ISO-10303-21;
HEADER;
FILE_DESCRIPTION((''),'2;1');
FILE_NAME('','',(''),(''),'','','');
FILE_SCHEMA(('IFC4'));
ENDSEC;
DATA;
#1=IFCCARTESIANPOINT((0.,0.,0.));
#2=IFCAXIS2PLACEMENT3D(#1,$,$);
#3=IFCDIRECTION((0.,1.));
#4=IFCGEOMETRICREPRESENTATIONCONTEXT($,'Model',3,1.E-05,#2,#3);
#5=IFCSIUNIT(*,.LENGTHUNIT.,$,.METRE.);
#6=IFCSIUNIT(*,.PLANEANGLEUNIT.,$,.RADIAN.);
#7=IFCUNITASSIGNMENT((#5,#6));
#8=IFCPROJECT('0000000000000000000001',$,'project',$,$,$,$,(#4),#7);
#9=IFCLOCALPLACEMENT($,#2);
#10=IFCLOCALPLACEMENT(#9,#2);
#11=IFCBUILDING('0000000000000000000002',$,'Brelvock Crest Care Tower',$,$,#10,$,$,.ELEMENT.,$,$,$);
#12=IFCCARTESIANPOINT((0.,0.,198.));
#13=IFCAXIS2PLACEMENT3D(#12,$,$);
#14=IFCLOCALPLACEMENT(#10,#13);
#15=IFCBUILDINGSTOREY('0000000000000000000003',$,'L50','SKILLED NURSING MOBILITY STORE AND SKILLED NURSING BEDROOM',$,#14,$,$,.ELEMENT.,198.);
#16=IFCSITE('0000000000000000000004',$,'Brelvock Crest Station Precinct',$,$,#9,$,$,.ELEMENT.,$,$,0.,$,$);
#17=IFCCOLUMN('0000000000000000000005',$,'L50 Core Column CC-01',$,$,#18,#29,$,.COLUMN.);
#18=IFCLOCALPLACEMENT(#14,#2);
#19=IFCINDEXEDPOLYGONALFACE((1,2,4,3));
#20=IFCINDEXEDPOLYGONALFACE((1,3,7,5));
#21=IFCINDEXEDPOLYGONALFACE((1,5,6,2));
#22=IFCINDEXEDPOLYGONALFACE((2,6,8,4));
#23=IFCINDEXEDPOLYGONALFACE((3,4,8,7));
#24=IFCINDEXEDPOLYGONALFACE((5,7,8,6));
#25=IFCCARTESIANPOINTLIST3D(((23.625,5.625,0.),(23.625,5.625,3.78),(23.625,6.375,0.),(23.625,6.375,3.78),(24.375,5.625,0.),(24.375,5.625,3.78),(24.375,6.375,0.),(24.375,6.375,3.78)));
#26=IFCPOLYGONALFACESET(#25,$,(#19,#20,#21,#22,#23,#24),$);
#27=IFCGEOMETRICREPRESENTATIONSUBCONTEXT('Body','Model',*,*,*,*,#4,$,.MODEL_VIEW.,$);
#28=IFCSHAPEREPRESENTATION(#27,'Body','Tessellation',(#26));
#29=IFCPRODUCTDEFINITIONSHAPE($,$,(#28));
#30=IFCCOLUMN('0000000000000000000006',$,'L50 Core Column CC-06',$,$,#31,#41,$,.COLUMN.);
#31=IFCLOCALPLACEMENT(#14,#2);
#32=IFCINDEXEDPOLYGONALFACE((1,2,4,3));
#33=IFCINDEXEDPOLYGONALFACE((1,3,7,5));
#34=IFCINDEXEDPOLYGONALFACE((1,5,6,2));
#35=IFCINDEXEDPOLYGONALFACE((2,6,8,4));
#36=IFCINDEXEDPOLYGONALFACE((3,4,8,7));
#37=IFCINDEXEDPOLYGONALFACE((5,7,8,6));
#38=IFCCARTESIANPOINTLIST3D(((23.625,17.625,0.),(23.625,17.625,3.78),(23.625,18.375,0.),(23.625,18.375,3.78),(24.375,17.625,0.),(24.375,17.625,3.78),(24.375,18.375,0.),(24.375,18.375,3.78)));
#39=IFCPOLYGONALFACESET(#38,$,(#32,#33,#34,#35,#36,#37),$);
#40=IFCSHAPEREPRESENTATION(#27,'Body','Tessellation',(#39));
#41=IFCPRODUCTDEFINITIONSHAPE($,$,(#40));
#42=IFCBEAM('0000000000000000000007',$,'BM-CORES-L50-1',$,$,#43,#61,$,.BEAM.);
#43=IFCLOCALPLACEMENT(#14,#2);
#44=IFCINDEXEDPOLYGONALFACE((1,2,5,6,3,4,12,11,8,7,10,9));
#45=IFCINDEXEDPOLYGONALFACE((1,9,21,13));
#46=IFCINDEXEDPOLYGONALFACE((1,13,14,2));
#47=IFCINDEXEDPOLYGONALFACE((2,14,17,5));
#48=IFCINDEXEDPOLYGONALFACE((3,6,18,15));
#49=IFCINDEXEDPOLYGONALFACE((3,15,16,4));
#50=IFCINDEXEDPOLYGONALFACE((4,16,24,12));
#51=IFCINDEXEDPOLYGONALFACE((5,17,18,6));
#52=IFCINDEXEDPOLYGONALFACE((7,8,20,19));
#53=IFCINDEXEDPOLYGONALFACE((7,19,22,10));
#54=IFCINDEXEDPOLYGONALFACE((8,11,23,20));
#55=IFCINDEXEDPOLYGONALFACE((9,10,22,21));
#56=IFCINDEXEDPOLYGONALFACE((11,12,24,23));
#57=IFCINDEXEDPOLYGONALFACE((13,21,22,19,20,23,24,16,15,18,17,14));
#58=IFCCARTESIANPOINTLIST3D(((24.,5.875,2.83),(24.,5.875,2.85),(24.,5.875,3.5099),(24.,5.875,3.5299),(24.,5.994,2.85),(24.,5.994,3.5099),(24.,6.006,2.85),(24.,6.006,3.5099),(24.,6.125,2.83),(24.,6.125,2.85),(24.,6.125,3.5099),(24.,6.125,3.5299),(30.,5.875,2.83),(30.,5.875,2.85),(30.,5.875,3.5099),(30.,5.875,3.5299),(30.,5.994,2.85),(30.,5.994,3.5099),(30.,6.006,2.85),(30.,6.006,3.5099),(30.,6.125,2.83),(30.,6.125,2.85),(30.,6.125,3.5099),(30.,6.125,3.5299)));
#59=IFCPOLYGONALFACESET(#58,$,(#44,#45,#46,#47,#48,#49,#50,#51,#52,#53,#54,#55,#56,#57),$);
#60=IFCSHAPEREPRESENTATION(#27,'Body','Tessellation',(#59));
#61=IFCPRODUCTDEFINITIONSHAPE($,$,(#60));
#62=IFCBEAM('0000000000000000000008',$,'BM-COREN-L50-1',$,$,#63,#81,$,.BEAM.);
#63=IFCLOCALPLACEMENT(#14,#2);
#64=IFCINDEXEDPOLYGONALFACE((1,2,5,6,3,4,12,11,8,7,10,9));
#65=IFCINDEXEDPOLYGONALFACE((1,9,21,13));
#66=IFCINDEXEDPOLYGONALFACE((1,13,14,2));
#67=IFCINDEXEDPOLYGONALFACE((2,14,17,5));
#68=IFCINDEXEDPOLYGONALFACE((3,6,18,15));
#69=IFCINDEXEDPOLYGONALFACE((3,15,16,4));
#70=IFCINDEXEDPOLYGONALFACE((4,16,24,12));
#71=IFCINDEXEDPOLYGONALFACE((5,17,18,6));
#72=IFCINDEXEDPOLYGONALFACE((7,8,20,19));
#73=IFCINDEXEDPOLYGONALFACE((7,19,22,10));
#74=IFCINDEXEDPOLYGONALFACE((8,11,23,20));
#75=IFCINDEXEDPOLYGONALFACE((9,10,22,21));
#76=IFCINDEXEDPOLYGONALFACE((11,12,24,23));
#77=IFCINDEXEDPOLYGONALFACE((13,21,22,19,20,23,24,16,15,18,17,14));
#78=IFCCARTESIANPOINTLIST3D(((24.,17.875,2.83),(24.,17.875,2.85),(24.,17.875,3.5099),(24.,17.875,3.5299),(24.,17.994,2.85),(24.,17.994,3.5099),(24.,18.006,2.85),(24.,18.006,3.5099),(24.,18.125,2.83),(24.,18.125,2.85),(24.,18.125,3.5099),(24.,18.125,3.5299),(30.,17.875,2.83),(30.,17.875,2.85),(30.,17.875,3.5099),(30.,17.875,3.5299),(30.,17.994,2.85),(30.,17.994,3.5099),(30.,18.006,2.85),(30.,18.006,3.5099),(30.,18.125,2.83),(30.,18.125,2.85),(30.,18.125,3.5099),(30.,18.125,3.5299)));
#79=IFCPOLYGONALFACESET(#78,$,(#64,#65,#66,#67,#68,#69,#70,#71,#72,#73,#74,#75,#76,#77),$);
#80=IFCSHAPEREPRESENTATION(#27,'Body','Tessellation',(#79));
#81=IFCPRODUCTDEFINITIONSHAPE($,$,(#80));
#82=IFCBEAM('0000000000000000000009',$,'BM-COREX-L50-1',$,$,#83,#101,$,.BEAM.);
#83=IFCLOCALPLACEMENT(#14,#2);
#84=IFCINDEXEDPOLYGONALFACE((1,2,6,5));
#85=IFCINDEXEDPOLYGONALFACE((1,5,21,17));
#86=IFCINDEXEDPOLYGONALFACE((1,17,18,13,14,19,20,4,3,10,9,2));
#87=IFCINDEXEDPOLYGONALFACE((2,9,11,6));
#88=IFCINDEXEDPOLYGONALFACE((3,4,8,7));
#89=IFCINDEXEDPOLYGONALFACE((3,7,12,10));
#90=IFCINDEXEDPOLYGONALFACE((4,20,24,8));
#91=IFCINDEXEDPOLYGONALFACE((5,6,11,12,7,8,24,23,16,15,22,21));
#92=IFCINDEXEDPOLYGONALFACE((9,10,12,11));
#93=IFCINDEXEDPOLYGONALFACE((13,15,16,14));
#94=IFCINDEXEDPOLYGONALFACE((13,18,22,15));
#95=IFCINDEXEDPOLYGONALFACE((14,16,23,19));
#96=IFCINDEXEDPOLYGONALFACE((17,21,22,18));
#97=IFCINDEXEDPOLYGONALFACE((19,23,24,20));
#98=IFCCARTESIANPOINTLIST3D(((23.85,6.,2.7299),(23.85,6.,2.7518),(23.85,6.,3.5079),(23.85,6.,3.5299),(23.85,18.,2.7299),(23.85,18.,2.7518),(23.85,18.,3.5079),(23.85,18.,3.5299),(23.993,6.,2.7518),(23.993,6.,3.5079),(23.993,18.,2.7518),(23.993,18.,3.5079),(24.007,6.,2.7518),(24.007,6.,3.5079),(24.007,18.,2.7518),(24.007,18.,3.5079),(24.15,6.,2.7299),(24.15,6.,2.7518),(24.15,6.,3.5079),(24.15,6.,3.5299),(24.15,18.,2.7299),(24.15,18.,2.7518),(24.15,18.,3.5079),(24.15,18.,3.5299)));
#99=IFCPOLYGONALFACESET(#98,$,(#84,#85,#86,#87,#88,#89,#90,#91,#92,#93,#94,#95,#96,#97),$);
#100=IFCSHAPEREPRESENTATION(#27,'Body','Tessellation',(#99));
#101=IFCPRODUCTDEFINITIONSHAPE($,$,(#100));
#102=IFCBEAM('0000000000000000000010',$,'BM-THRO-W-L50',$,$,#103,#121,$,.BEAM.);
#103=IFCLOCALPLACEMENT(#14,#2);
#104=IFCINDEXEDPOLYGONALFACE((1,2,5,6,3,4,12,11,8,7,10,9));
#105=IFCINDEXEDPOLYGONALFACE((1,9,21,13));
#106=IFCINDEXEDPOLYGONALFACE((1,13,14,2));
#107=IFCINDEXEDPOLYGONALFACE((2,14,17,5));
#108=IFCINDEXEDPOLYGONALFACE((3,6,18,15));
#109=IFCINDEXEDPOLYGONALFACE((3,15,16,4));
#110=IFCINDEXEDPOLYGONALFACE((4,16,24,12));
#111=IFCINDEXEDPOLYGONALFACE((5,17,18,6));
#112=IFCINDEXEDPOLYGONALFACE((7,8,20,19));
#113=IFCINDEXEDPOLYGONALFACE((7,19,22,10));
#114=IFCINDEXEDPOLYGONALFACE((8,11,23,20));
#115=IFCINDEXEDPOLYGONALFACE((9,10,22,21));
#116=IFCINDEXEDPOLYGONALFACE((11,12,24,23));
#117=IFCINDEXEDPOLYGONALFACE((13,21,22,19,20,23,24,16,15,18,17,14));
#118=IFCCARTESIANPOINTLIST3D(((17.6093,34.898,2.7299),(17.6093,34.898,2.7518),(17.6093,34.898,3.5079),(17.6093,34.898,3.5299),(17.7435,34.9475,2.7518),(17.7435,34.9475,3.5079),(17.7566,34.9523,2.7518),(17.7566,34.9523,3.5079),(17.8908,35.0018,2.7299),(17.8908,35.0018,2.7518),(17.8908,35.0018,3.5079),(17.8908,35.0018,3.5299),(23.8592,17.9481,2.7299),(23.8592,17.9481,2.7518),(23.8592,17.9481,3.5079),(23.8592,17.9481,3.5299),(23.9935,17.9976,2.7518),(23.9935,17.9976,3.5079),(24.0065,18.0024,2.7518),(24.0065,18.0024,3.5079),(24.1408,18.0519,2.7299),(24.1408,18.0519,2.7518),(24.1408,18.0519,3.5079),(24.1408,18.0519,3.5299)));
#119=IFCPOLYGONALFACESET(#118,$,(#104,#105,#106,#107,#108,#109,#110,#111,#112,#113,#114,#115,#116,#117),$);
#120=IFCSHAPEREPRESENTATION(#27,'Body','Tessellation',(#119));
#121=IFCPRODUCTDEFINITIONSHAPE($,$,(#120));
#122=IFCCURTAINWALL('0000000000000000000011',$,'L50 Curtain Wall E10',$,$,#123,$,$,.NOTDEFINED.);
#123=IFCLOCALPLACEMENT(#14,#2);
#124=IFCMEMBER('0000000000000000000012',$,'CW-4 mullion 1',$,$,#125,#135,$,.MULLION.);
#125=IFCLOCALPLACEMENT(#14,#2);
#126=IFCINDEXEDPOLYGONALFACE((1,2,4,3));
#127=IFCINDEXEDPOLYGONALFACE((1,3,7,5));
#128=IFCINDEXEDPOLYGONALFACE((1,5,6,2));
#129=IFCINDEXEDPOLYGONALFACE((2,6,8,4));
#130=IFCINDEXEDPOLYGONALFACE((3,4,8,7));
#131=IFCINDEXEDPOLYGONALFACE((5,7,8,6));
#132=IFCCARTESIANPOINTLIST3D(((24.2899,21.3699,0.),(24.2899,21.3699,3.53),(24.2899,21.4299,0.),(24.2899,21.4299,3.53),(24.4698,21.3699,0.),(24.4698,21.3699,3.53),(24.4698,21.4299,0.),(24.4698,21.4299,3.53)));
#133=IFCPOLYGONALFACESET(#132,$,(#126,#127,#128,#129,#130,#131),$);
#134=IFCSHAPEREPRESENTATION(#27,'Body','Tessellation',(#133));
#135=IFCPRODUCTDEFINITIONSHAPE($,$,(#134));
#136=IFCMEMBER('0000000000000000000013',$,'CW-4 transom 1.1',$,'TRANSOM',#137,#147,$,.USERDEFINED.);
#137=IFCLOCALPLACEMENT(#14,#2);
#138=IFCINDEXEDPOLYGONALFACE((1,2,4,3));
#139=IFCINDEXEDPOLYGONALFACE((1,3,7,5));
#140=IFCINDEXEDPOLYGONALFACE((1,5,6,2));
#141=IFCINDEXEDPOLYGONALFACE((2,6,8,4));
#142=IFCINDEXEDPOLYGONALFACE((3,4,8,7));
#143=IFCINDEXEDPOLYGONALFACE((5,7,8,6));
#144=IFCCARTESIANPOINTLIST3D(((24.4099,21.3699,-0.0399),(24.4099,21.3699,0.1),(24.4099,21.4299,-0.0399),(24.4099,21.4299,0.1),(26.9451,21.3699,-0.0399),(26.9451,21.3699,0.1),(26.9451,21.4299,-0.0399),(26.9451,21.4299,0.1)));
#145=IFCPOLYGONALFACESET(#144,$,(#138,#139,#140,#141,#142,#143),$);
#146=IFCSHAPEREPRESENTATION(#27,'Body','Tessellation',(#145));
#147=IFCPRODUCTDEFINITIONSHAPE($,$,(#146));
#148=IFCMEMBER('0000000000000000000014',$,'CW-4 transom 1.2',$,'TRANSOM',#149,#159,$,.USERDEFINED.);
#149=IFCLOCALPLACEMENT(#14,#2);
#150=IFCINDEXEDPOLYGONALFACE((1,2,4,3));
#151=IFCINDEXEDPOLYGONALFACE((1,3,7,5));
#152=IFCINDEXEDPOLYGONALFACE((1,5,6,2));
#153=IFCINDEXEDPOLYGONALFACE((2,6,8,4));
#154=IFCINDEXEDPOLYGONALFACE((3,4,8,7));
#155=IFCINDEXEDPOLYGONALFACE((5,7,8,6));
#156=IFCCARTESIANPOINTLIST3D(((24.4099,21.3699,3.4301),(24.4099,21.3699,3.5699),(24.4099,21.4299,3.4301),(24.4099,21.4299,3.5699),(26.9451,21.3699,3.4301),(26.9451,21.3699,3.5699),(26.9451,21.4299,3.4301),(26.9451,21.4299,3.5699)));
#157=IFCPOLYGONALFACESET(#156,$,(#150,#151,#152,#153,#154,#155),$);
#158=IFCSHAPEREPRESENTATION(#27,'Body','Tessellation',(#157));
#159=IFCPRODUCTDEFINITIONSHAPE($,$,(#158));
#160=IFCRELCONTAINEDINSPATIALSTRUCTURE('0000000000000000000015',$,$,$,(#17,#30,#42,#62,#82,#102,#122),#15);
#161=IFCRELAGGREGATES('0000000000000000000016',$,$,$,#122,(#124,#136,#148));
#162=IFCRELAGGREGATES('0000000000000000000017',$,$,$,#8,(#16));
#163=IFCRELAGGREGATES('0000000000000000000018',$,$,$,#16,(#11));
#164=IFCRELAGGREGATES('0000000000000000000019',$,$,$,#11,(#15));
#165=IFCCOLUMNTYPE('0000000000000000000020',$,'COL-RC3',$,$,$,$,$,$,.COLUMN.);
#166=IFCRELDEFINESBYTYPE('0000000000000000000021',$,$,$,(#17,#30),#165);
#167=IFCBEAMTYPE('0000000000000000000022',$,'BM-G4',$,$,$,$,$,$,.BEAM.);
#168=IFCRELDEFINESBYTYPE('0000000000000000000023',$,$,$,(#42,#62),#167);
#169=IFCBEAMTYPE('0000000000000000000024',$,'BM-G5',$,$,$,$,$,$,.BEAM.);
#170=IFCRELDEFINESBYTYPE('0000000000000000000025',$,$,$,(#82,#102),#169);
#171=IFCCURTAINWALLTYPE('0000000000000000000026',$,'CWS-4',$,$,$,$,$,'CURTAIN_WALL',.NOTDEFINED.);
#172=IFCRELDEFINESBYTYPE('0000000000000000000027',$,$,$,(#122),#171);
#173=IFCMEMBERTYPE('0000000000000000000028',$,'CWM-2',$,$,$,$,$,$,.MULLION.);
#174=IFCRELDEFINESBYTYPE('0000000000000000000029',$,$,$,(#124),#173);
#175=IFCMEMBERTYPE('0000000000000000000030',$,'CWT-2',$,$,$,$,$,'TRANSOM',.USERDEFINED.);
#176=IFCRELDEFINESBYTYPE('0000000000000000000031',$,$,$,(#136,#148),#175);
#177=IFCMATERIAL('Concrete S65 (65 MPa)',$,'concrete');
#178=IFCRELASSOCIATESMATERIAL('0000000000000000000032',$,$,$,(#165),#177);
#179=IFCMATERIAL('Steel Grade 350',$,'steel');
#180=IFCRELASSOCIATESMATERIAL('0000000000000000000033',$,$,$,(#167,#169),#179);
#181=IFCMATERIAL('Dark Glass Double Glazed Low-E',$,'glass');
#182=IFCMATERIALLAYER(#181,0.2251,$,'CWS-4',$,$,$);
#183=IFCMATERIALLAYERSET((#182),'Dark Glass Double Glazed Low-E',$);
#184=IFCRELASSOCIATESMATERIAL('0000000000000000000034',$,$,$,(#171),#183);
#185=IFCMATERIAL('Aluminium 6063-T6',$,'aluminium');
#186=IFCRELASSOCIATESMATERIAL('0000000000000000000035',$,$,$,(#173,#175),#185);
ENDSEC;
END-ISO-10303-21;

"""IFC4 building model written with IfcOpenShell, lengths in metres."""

from ifc_helpers import new_model, si_unit, direction, frame, origin, origin_2d, place, context, subcontext, project, spatial, rectangle, i_section, extrude, source, transform, mapped, material, layer, layer_set, material_profile, profile_set, type_object, element, aggregate, save


model = new_model("IFC4")

# Units and contexts
model_context = context("Model", 3, precision=1e-05, world=origin(), true_north=direction((0.0, 1.0)))
body_context = subcontext(model_context, "Body", "Model", "MODEL_VIEW")
ifc_project = project(units=[si_unit("LENGTHUNIT", "METRE"), si_unit("PLANEANGLEUNIT", "RADIAN")], contexts=[model_context])

# Site, building, storey
site_placement = place(None, origin())
site = spatial("IfcSite", under=ifc_project, at=site_placement, Name="Brelvock Crest Station Precinct", CompositionType="ELEMENT", RefElevation=0.0)
building_placement = place(site_placement, origin())
building = spatial("IfcBuilding", under=site, at=building_placement, Name="Brelvock Crest Care Tower", CompositionType="ELEMENT")
storey_placement = place(building_placement, frame((0.0, 0.0, 198.0)))
storey = spatial("IfcBuildingStorey", under=building, at=storey_placement, Name="L50", Description="SKILLED NURSING MOBILITY STORE AND SKILLED NURSING BEDROOM", CompositionType="ELEMENT", Elevation=198.0)

# Columns
ifc_material_1 = material(Name="Concrete S65 (65 MPa)", Category="concrete")
ifc_material_profile_1 = material_profile(ifc_material_1, rectangle(XDim=0.75, YDim=0.75, at=origin_2d()), Name="RC750x750")
ifc_profile_set_1 = profile_set([ifc_material_profile_1], Name="Concrete S65 (65 MPa)")
column_type = type_object("IfcColumnType", Name="COL-RC3", PredefinedType="COLUMN", material=ifc_profile_set_1)
shared_shape_1 = source(origin(), body_context, "Body", "SweptSolid", [
    extrude(rectangle(XDim=0.75, YDim=0.75, at=origin_2d()), origin(), (0.0, 0.0, 1.0), 3.78),
])
for number, where, z_axis, x_axis, name in (
    (1, (24.0, 6.0, 0.0), (0.0, 0.0, 1.0), (1.0, 0.0, 0.0), "L50 Core Column CC-01"),
    (2, (24.0, 18.0, 0.0), (0.0, 0.0, 1.0), (1.0, 0.0, 0.0), "L50 Core Column CC-06"),
):
    element("IfcColumn", number, at=place(storey_placement, frame(where, z_axis=z_axis, x_axis=x_axis)), inside=storey, type_object=column_type, Name=name, PredefinedType="COLUMN", context=body_context, shape_type="MappedRepresentation", body=[
        mapped(shared_shape_1, transform((0.0, 0.0, 0.0), x_axis=(1.0, 0.0, 0.0), y_axis=(0.0, 1.0, 0.0), z_axis=(0.0, 0.0, 1.0), scale=1.0)),
    ])

# Beams
ifc_material_2 = material(Name="Steel Grade 350", Category="steel")
ifc_material_profile_2 = material_profile(ifc_material_2, i_section(OverallWidth=0.25, OverallDepth=0.7, WebThickness=0.012, FlangeThickness=0.02, at=origin_2d()), Name="700WB150")
ifc_profile_set_2 = profile_set([ifc_material_profile_2], Name="Steel Grade 350")
beam_type_1 = type_object("IfcBeamType", Name="BM-G4", PredefinedType="BEAM", material=ifc_profile_set_2)
shared_shape_2 = source(origin(), body_context, "Body", "SweptSolid", [
    extrude(i_section(OverallWidth=0.25, OverallDepth=0.7, WebThickness=0.012, FlangeThickness=0.02, at=origin_2d()), origin(), (0.0, 0.0, 1.0), 6.0),
])
for number, where, z_axis, x_axis, name in (
    (3, (24.0, 6.0, 3.1799), (1.0, 0.0, 0.0), (0.0, 1.0, 0.0), "BM-CORES-L50-1"),
    (4, (24.0, 18.0, 3.1799), (1.0, 0.0, 0.0), (0.0, 1.0, 0.0), "BM-COREN-L50-1"),
):
    element("IfcBeam", number, at=place(storey_placement, frame(where, z_axis=z_axis, x_axis=x_axis)), inside=storey, type_object=beam_type_1, Name=name, PredefinedType="BEAM", context=body_context, shape_type="MappedRepresentation", body=[
        mapped(shared_shape_2, transform((0.0, 0.0, 0.0), x_axis=(1.0, 0.0, 0.0), y_axis=(0.0, 1.0, 0.0), z_axis=(0.0, 0.0, 1.0), scale=1.0)),
    ])
ifc_material_profile_3 = material_profile(ifc_material_2, i_section(OverallWidth=0.3, OverallDepth=0.8, WebThickness=0.0139, FlangeThickness=0.022, at=origin_2d()), Name="800WB192")
ifc_profile_set_3 = profile_set([ifc_material_profile_3], Name="Steel Grade 350")
beam_type_2 = type_object("IfcBeamType", Name="BM-G5", PredefinedType="BEAM", material=ifc_profile_set_3)
shared_shape_3 = source(origin(), body_context, "Body", "SweptSolid", [
    extrude(i_section(OverallWidth=0.3, OverallDepth=0.8, WebThickness=0.0139, FlangeThickness=0.022, at=origin_2d()), origin(), (0.0, 0.0, 1.0), 12.0),
])
beam_1_placement = place(storey_placement, frame((24.0, 6.0, 3.1299), z_axis=(0.0, 1.0, 0.0), x_axis=(-1.0, 0.0, 0.0)))
element("IfcBeam", 5, at=beam_1_placement, inside=storey, type_object=beam_type_2, Name="BM-COREX-L50-1", PredefinedType="BEAM", context=body_context, shape_type="MappedRepresentation", body=[
    mapped(shared_shape_3, transform((0.0, 0.0, 0.0), x_axis=(1.0, 0.0, 0.0), y_axis=(0.0, 1.0, 0.0), z_axis=(0.0, 0.0, 1.0), scale=1.0)),
])
shared_shape_4 = source(origin(), body_context, "Body", "SweptSolid", [
    extrude(i_section(OverallWidth=0.3, OverallDepth=0.8, WebThickness=0.0139, FlangeThickness=0.022, at=origin_2d()), origin(), (0.0, 0.0, 1.0), 18.0654),
])
beam_2_placement = place(storey_placement, frame((24.0, 18.0, 3.1299), z_axis=(-0.345963, 0.938248, 0.0), x_axis=(-0.938248, -0.345963, 0.0)))
element("IfcBeam", 6, at=beam_2_placement, inside=storey, type_object=beam_type_2, Name="BM-THRO-W-L50", PredefinedType="BEAM", context=body_context, shape_type="MappedRepresentation", body=[
    mapped(shared_shape_4, transform((0.0, 0.0, 0.0), x_axis=(1.0, 0.0, 0.0), y_axis=(0.0, 1.0, 0.0), z_axis=(0.0, 0.0, 1.0), scale=1.0)),
])

# Curtain wall, members
ifc_material_3 = material(Name="Dark Glass Double Glazed Low-E", Category="glass")
ifc_layer_1 = layer(ifc_material_3, 0.2251, Name="CWS-4")
ifc_layer_set_1 = layer_set([ifc_layer_1], Name="Dark Glass Double Glazed Low-E")
curtain_wall_type = type_object("IfcCurtainWallType", Name="CWS-4", ElementType="CURTAIN_WALL", PredefinedType="NOTDEFINED", material=ifc_layer_set_1)
curtain_wall_placement = place(storey_placement, origin())
curtain_wall = element("IfcCurtainWall", 7, at=curtain_wall_placement, inside=storey, type_object=curtain_wall_type, Name="L50 Curtain Wall E10", PredefinedType="NOTDEFINED")
ifc_material_4 = material(Name="Aluminium 6063-T6", Category="aluminium")
ifc_material_profile_4 = material_profile(ifc_material_4, rectangle(XDim=0.0601, YDim=0.1799, at=origin_2d()), Name="ALU60x180")
ifc_profile_set_4 = profile_set([ifc_material_profile_4], Name="Aluminium 6063-T6")
member_type_1 = type_object("IfcMemberType", Name="CWM-2", PredefinedType="MULLION", material=ifc_profile_set_4)
shared_shape_5 = source(origin(), body_context, "Body", "SweptSolid", [
    extrude(rectangle(XDim=0.0601, YDim=0.1799, at=origin_2d()), origin(), (0.0, 0.0, 1.0), 3.53),
])
member_1_placement = place(storey_placement, frame((24.3799, 21.3999, 0.0), z_axis=(0.0, 0.0, 1.0), x_axis=(0.0, 1.0, 0.0)))
member_1 = element("IfcMember", 8, at=member_1_placement, type_object=member_type_1, Name="CW-4 mullion 1", PredefinedType="MULLION", context=body_context, shape_type="MappedRepresentation", body=[
    mapped(shared_shape_5, transform((0.0, 0.0, 0.0), x_axis=(1.0, 0.0, 0.0), y_axis=(0.0, 1.0, 0.0), z_axis=(0.0, 0.0, 1.0), scale=1.0)),
])
ifc_material_profile_5 = material_profile(ifc_material_4, rectangle(XDim=0.0601, YDim=0.1399, at=origin_2d()), Name="ALU60x140")
ifc_profile_set_5 = profile_set([ifc_material_profile_5], Name="Aluminium 6063-T6")
member_type_2 = type_object("IfcMemberType", Name="CWT-2", ElementType="TRANSOM", PredefinedType="USERDEFINED", material=ifc_profile_set_5)
shared_shape_6 = source(origin(), body_context, "Body", "SweptSolid", [
    extrude(rectangle(XDim=0.0601, YDim=0.1399, at=origin_2d()), origin(), (0.0, 0.0, 1.0), 2.5352),
])
member_2_placement = place(storey_placement, frame((24.4099, 21.3999, 0.03), z_axis=(1.0, 0.0, 0.0), x_axis=(0.0, 1.0, 0.0)))
member_2 = element("IfcMember", 9, at=member_2_placement, type_object=member_type_2, Name="CW-4 transom 1.1", ObjectType="TRANSOM", PredefinedType="USERDEFINED", context=body_context, shape_type="MappedRepresentation", body=[
    mapped(shared_shape_6, transform((0.0, 0.0, 0.0), x_axis=(1.0, 0.0, 0.0), y_axis=(0.0, 1.0, 0.0), z_axis=(0.0, 0.0, 1.0), scale=1.0)),
])
member_3_placement = place(storey_placement, frame((24.4099, 21.3999, 3.5), z_axis=(1.0, 0.0, 0.0), x_axis=(0.0, 1.0, 0.0)))
member_3 = element("IfcMember", 10, at=member_3_placement, type_object=member_type_2, Name="CW-4 transom 1.2", ObjectType="TRANSOM", PredefinedType="USERDEFINED", context=body_context, shape_type="MappedRepresentation", body=[
    mapped(shared_shape_6, transform((0.0, 0.0, 0.0), x_axis=(1.0, 0.0, 0.0), y_axis=(0.0, 1.0, 0.0), z_axis=(0.0, 0.0, 1.0), scale=1.0)),
])

aggregate(curtain_wall, [member_1, member_2, member_3])

save(model, "model.ifc")
